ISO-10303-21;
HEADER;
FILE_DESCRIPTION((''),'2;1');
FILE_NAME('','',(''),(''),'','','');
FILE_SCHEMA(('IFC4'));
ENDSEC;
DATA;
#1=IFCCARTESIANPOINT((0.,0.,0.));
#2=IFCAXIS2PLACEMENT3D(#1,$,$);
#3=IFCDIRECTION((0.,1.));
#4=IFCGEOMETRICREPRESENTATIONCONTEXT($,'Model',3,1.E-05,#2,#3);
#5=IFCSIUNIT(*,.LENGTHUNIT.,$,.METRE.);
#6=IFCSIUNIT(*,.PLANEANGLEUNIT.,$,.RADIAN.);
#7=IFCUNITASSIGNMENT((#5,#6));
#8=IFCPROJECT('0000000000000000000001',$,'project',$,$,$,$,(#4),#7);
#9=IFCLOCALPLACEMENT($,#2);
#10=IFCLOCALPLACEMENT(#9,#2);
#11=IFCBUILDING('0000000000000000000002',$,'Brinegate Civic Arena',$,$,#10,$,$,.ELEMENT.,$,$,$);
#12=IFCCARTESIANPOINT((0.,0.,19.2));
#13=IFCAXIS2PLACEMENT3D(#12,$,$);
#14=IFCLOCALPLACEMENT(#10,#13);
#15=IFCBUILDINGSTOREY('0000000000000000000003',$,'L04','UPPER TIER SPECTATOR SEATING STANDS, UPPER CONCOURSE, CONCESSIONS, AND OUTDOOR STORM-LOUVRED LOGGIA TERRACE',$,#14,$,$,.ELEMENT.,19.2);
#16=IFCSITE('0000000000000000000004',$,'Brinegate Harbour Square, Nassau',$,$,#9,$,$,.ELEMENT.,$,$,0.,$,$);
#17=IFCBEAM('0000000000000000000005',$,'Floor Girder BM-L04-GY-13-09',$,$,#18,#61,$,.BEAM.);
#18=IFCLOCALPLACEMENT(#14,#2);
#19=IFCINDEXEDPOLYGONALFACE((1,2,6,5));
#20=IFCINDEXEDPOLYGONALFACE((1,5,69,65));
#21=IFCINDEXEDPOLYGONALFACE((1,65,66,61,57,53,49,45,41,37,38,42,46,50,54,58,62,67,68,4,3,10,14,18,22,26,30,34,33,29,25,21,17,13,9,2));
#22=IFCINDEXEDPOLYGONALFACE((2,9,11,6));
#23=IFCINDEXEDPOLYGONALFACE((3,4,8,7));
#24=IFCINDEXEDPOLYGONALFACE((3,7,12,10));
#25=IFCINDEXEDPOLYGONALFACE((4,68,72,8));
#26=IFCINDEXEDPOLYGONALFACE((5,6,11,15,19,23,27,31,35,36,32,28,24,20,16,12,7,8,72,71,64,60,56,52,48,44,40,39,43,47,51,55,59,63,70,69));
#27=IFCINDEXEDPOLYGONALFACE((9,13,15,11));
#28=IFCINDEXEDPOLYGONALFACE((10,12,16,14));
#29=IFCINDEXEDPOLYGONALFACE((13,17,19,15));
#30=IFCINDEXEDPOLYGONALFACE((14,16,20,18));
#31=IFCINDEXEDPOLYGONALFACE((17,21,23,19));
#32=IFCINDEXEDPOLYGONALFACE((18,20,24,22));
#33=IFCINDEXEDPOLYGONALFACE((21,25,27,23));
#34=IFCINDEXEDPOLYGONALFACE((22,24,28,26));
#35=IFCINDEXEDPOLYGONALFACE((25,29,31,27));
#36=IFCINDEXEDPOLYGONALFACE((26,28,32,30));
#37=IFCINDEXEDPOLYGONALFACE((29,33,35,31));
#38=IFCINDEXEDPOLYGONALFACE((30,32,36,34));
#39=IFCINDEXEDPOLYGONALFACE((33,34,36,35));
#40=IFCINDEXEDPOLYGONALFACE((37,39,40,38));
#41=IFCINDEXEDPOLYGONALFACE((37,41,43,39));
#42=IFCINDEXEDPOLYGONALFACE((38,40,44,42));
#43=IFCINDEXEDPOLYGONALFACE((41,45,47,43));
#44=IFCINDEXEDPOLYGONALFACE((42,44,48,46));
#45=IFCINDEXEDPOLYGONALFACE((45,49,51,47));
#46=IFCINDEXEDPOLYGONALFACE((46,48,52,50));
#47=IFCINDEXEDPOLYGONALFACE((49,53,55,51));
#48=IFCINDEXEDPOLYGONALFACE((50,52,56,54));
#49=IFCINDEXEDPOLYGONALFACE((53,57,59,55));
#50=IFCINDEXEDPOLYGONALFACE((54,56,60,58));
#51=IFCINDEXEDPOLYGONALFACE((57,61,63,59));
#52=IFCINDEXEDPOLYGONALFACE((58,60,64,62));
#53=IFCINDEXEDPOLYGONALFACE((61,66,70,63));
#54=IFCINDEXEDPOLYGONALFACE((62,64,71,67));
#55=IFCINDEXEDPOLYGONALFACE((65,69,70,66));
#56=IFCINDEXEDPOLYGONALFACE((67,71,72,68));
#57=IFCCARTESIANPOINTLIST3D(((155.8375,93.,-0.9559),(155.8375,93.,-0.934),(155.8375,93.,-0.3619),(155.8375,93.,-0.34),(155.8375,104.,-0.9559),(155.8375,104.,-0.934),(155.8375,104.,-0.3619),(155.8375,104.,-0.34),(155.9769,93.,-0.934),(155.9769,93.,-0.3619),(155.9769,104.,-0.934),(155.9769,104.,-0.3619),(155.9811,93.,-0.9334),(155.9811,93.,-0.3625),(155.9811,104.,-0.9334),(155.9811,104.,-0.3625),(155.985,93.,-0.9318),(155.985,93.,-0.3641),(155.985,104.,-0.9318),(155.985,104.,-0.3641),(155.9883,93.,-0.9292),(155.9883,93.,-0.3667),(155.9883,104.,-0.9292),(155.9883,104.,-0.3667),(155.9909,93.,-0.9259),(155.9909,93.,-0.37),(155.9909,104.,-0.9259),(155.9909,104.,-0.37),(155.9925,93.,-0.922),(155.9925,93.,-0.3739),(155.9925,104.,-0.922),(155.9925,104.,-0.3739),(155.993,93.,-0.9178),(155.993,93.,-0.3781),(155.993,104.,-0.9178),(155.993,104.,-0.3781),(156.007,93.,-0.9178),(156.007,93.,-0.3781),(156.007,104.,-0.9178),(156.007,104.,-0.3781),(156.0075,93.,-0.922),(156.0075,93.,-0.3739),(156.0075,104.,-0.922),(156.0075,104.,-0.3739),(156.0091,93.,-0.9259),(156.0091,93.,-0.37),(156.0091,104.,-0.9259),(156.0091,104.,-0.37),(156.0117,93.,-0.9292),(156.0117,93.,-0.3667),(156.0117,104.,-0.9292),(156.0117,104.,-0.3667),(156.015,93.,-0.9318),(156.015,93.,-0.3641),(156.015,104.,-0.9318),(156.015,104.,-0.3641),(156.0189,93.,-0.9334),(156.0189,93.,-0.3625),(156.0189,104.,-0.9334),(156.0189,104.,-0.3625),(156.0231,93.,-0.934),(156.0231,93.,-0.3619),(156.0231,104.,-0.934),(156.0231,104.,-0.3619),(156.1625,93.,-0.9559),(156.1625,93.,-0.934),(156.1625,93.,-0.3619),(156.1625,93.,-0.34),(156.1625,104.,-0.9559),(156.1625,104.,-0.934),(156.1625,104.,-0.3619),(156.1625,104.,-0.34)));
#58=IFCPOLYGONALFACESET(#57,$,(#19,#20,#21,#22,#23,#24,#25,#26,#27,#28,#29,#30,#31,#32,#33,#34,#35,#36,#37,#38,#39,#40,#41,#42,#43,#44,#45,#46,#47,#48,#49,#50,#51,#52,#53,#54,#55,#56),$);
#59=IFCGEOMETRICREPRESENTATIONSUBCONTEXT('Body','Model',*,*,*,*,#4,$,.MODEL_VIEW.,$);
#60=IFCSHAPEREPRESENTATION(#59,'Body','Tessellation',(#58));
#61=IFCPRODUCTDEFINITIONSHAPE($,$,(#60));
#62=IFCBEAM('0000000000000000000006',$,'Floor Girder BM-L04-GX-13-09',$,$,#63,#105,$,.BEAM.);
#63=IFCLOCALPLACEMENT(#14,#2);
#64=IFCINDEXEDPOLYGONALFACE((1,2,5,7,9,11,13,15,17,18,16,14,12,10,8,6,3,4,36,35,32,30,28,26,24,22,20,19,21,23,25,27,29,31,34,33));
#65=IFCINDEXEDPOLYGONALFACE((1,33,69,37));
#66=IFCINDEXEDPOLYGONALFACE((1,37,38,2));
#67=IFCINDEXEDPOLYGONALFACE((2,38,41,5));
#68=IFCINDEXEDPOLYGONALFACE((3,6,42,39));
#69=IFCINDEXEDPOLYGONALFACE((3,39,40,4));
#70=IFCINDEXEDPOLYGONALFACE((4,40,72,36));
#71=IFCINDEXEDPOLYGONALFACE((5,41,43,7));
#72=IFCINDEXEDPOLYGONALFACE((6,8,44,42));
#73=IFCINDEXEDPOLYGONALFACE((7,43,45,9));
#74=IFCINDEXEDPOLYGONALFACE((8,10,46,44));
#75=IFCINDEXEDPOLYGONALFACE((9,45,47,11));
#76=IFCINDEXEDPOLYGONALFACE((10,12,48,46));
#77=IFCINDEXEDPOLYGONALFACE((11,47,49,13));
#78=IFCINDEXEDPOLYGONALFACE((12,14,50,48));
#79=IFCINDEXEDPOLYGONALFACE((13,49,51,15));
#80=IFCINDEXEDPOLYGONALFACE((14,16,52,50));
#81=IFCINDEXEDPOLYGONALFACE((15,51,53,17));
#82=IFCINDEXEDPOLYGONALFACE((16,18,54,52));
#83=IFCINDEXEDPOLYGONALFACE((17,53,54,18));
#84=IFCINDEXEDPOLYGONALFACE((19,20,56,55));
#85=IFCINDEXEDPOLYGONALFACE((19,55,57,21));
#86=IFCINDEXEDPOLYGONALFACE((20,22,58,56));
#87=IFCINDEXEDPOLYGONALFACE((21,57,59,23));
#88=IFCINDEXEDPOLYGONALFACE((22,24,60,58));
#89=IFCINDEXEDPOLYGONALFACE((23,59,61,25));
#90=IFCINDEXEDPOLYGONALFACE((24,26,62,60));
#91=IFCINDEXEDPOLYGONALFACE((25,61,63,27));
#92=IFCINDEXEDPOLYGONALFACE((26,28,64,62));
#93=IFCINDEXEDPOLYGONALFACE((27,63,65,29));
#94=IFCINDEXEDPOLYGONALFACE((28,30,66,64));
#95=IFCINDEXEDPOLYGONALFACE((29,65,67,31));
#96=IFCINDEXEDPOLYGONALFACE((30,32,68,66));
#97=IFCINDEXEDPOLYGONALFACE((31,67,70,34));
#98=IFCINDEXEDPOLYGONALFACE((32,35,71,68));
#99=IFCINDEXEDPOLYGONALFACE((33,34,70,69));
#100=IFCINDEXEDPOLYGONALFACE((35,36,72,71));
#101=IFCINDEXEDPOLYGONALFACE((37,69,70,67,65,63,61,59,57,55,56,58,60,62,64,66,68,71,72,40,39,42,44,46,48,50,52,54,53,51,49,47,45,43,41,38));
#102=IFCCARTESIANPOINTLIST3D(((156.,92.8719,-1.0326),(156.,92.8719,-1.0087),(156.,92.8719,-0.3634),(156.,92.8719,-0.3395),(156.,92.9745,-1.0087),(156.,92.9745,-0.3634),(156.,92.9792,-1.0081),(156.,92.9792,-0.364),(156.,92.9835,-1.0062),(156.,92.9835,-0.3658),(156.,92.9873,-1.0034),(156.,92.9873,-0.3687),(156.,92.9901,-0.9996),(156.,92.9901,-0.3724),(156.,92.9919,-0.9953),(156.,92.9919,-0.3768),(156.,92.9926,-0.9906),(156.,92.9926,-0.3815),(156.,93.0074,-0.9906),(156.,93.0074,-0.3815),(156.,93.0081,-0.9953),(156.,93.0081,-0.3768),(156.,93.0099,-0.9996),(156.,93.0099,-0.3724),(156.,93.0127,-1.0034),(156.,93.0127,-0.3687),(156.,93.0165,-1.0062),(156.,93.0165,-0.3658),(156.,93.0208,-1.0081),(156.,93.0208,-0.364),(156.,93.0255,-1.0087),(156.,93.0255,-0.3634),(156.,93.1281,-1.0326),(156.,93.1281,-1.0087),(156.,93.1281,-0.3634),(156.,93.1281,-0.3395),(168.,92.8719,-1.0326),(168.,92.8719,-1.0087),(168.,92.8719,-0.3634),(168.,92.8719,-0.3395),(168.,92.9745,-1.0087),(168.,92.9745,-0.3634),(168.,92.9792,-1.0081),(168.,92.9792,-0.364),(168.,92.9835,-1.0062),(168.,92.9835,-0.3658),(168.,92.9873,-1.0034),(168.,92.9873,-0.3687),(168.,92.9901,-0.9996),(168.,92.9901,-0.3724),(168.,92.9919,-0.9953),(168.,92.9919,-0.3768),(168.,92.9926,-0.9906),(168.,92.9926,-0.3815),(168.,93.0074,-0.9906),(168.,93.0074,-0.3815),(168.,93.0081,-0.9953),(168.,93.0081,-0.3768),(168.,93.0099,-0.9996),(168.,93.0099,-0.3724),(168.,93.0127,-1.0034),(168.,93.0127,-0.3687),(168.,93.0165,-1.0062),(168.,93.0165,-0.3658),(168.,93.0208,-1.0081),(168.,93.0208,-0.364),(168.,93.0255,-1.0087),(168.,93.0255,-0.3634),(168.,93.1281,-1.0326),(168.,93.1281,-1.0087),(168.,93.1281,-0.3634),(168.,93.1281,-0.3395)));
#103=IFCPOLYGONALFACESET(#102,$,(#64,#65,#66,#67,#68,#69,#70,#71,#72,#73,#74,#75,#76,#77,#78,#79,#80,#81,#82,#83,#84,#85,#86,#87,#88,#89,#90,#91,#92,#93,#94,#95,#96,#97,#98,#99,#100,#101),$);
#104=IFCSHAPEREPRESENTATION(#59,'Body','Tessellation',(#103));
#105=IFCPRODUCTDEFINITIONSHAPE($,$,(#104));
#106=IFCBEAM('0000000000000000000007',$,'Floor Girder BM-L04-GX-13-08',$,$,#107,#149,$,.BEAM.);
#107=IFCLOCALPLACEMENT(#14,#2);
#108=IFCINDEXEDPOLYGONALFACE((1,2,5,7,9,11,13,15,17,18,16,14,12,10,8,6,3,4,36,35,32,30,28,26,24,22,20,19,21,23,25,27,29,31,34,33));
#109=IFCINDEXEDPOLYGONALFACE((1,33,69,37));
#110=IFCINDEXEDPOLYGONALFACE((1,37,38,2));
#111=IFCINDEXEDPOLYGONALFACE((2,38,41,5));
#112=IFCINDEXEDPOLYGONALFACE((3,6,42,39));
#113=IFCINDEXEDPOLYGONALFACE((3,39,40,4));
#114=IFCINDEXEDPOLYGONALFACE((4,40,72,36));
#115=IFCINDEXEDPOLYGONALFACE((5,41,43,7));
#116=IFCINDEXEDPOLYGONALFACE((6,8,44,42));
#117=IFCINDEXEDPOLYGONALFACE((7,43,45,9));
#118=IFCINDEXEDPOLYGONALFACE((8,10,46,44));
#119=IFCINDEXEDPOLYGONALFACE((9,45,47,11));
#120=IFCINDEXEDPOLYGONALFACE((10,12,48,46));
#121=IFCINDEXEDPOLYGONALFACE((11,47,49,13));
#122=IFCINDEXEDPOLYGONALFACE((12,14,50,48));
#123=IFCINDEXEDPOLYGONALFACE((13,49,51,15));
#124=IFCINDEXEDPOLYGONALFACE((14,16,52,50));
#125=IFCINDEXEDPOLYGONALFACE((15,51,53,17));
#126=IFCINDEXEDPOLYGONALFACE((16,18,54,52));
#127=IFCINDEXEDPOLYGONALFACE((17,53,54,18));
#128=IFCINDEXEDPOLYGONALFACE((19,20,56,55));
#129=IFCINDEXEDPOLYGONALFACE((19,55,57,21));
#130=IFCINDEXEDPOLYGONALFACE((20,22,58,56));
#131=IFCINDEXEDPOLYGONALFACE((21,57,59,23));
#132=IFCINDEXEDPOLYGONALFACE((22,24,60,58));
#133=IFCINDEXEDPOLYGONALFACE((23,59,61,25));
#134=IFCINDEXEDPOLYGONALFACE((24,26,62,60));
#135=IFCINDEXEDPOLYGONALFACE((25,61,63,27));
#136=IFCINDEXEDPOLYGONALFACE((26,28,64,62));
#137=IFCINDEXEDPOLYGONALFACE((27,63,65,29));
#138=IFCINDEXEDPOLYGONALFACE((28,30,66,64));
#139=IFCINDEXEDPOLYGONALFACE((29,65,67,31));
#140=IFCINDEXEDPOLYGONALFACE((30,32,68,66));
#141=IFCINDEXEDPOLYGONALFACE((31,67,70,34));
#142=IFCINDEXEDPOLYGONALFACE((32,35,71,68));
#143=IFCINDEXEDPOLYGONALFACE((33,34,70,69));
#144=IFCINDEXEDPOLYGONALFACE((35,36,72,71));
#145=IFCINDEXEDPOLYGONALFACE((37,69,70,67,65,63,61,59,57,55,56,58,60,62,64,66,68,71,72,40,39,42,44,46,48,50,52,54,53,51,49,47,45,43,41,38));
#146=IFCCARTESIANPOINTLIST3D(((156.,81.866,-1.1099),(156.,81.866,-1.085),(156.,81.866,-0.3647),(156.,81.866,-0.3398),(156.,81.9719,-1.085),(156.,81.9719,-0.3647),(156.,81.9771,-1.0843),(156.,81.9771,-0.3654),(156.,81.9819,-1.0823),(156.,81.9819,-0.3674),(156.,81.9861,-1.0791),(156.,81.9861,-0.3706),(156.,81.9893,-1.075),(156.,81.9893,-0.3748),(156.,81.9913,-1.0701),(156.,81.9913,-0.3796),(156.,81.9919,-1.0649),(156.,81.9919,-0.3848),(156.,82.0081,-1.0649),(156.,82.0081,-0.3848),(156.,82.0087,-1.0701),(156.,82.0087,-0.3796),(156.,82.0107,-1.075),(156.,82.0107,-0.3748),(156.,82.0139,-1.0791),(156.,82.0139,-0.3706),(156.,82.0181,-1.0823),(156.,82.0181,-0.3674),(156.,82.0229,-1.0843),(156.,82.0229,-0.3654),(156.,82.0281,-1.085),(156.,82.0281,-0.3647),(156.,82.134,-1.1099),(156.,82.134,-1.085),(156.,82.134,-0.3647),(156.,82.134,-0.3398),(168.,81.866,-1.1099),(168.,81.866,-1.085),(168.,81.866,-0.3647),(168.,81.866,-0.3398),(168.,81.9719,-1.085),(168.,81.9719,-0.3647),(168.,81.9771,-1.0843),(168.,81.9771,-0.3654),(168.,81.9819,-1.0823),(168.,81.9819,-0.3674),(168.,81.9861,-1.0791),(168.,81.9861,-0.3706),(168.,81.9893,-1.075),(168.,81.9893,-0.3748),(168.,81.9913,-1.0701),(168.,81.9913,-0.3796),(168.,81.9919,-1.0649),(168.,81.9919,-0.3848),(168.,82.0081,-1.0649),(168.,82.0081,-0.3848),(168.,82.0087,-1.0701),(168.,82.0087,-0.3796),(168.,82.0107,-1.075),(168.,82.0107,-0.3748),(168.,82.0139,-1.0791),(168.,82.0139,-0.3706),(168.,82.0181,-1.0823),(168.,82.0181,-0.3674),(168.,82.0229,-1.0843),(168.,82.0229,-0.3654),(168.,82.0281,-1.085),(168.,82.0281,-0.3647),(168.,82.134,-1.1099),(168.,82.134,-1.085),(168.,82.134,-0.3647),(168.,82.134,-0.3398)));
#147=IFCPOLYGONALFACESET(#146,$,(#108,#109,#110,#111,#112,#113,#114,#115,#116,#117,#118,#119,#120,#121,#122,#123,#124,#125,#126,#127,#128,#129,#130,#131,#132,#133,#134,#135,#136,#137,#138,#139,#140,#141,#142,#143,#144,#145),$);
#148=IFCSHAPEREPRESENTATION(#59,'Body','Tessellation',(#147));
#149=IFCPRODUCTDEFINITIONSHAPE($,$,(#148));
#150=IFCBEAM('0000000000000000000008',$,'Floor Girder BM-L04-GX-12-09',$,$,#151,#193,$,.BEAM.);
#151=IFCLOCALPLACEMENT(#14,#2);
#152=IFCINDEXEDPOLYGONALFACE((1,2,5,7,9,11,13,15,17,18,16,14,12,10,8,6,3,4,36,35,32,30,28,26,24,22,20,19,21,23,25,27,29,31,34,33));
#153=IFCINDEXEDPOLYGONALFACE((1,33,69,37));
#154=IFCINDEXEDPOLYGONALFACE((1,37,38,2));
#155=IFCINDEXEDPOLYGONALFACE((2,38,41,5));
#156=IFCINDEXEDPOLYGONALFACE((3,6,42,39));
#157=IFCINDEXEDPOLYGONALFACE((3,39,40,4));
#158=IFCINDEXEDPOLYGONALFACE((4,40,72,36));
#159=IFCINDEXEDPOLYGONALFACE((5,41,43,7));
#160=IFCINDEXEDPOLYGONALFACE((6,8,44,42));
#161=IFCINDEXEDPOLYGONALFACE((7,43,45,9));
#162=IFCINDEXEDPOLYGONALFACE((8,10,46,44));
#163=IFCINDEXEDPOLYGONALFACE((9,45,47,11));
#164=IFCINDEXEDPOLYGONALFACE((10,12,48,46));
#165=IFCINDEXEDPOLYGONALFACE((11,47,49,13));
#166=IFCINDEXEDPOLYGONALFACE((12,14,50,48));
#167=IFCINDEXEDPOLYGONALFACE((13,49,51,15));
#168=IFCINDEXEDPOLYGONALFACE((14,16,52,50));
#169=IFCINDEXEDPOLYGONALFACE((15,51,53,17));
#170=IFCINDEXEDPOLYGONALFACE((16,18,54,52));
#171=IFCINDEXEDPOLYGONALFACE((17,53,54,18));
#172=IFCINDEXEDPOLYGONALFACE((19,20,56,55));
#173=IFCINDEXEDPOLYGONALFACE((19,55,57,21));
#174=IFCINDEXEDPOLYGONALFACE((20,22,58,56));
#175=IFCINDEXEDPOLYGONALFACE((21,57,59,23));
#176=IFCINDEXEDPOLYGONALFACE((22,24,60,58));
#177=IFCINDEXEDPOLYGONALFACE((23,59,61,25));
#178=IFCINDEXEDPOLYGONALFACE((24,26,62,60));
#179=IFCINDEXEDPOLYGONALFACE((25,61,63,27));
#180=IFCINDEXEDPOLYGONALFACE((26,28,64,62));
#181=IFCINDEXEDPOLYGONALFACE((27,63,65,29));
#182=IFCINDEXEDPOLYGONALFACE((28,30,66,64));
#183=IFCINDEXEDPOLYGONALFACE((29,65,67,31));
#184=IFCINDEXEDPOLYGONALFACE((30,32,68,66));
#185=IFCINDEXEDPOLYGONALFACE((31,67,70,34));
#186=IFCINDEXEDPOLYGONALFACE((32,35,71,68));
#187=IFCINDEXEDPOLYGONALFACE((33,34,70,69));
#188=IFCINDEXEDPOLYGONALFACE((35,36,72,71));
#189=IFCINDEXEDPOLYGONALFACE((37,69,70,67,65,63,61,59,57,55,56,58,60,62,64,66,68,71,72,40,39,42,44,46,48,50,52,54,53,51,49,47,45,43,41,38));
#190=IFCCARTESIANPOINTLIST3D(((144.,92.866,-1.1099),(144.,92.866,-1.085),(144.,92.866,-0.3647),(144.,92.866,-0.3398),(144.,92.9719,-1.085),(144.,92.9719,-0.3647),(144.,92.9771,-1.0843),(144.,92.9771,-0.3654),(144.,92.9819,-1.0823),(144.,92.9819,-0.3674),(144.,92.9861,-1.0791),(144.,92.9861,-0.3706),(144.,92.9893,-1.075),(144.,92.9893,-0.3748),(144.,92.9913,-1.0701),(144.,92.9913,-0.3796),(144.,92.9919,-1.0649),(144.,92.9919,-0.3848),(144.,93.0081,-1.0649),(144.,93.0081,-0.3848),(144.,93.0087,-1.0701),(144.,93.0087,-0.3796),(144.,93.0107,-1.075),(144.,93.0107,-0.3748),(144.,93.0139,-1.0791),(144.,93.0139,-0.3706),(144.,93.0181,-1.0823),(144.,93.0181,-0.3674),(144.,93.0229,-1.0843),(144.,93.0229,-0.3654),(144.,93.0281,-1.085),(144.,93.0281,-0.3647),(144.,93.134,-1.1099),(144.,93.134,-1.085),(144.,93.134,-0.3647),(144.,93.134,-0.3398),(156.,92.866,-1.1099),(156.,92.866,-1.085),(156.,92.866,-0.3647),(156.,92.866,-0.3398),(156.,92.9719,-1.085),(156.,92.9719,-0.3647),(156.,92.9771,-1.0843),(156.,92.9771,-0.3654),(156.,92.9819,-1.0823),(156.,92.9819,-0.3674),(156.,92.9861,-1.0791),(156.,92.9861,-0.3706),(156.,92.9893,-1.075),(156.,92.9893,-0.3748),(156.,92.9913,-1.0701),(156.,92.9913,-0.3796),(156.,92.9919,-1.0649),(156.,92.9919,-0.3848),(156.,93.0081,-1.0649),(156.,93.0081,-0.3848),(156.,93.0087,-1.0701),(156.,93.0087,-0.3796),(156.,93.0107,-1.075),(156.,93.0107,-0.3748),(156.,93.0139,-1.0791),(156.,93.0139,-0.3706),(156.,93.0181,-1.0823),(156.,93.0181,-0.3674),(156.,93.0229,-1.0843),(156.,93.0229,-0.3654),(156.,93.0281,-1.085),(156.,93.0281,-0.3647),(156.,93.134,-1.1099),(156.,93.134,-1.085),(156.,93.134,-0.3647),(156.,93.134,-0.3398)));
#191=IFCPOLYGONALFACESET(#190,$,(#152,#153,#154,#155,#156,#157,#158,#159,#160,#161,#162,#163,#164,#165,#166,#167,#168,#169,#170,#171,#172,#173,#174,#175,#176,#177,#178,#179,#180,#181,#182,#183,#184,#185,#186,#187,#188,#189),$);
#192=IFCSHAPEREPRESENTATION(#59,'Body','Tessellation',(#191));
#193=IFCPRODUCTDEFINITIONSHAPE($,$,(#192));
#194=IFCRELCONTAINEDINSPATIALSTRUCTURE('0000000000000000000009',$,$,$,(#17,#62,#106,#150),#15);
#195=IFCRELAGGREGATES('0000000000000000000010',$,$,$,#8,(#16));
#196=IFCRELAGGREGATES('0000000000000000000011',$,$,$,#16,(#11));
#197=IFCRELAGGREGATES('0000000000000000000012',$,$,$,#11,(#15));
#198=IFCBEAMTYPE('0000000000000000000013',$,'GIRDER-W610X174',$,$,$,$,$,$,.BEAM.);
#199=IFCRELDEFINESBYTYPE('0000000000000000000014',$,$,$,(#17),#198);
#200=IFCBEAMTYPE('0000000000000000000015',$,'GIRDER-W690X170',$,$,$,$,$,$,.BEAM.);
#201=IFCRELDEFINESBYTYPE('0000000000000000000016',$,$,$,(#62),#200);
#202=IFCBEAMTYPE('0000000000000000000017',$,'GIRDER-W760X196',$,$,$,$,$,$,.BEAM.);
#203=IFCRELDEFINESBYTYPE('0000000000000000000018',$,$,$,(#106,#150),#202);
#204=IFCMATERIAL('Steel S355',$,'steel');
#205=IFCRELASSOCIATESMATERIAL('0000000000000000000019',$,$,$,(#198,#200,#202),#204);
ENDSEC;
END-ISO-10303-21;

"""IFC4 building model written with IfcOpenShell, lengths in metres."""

from ifc_helpers import new_model, si_unit, direction, frame, origin, origin_2d, place, context, subcontext, project, spatial, i_section, extrude, material, material_profile, profile_set, type_object, element, save


model = new_model("IFC4")

# Units and contexts
model_context = context("Model", 3, precision=1e-05, world=origin(), true_north=direction((0.0, 1.0)))
body_context = subcontext(model_context, "Body", "Model", "MODEL_VIEW")
ifc_project = project(units=[si_unit("LENGTHUNIT", "METRE"), si_unit("PLANEANGLEUNIT", "RADIAN")], contexts=[model_context])

# Site, building, storey
site_placement = place(None, origin())
site = spatial("IfcSite", under=ifc_project, at=site_placement, Name="Brinegate Harbour Square, Nassau", CompositionType="ELEMENT", RefElevation=0.0)
building_placement = place(site_placement, origin())
building = spatial("IfcBuilding", under=site, at=building_placement, Name="Brinegate Civic Arena", CompositionType="ELEMENT")
storey_placement = place(building_placement, frame((0.0, 0.0, 19.2)))
storey = spatial("IfcBuildingStorey", under=building, at=storey_placement, Name="L04", Description="UPPER TIER SPECTATOR SEATING STANDS, UPPER CONCOURSE, CONCESSIONS, AND OUTDOOR STORM-LOUVRED LOGGIA TERRACE", CompositionType="ELEMENT", Elevation=19.2)

# Shared definitions
ifc_material_1 = material(Name="Steel S355", Category="steel")

# Beams
ifc_material_profile_1 = material_profile(ifc_material_1, i_section(OverallWidth=0.325, OverallDepth=0.616, WebThickness=0.0139, FlangeThickness=0.022, FilletRadius=0.0161, at=origin_2d()), Name="W610X174")
ifc_profile_set_1 = profile_set([ifc_material_profile_1], Name="Steel S355")
beam_type_1 = type_object("IfcBeamType", Name="GIRDER-W610X174", PredefinedType="BEAM", material=ifc_profile_set_1)
beam_1_placement = place(storey_placement, frame((156.0, 93.0, -0.6479), z_axis=(0.0, 1.0, 0.0), x_axis=(-1.0, 0.0, 0.0)))
element("IfcBeam", 1, at=beam_1_placement, inside=storey, type_object=beam_type_1, Name="Floor Girder BM-L04-GY-13-09", PredefinedType="BEAM", context=body_context, shape_type="SweptSolid", body=[
    extrude(i_section(OverallWidth=0.325, OverallDepth=0.616, WebThickness=0.0139, FlangeThickness=0.022, FilletRadius=0.0161, at=origin_2d()), origin(), (0.0, 0.0, 1.0), 11.0),
])
ifc_material_profile_2 = material_profile(ifc_material_1, i_section(OverallWidth=0.2561, OverallDepth=0.6931, WebThickness=0.0149, FlangeThickness=0.0239, FilletRadius=0.0181, at=origin_2d()), Name="W690X170")
ifc_profile_set_2 = profile_set([ifc_material_profile_2], Name="Steel S355")
beam_type_2 = type_object("IfcBeamType", Name="GIRDER-W690X170", PredefinedType="BEAM", material=ifc_profile_set_2)
beam_2_placement = place(storey_placement, frame((156.0, 93.0, -0.686), z_axis=(1.0, 0.0, 0.0), x_axis=(0.0, 1.0, 0.0)))
element("IfcBeam", 2, at=beam_2_placement, inside=storey, type_object=beam_type_2, Name="Floor Girder BM-L04-GX-13-09", PredefinedType="BEAM", context=body_context, shape_type="SweptSolid", body=[
    extrude(i_section(OverallWidth=0.2561, OverallDepth=0.6931, WebThickness=0.0149, FlangeThickness=0.0239, FilletRadius=0.0181, at=origin_2d()), origin(), (0.0, 0.0, 1.0), 12.0),
])
ifc_material_profile_3 = material_profile(ifc_material_1, i_section(OverallWidth=0.2681, OverallDepth=0.77, WebThickness=0.0161, FlangeThickness=0.0249, FilletRadius=0.02, at=origin_2d()), Name="W760X196")
ifc_profile_set_3 = profile_set([ifc_material_profile_3], Name="Steel S355")
beam_type_3 = type_object("IfcBeamType", Name="GIRDER-W760X196", PredefinedType="BEAM", material=ifc_profile_set_3)
for number, where, z_axis, x_axis, name in (
    (3, (156.0, 82.0, -0.7249), (1.0, 0.0, 0.0), (0.0, 1.0, 0.0), "Floor Girder BM-L04-GX-13-08"),
    (4, (144.0, 93.0, -0.7249), (1.0, 0.0, 0.0), (0.0, 1.0, 0.0), "Floor Girder BM-L04-GX-12-09"),
):
    element("IfcBeam", number, at=place(storey_placement, frame(where, z_axis=z_axis, x_axis=x_axis)), inside=storey, type_object=beam_type_3, Name=name, PredefinedType="BEAM", context=body_context, shape_type="SweptSolid", body=[
        extrude(i_section(OverallWidth=0.2681, OverallDepth=0.77, WebThickness=0.0161, FlangeThickness=0.0249, FilletRadius=0.02, at=origin_2d()), origin(), (0.0, 0.0, 1.0), 12.0),
    ])

save(model, "model.ifc")
